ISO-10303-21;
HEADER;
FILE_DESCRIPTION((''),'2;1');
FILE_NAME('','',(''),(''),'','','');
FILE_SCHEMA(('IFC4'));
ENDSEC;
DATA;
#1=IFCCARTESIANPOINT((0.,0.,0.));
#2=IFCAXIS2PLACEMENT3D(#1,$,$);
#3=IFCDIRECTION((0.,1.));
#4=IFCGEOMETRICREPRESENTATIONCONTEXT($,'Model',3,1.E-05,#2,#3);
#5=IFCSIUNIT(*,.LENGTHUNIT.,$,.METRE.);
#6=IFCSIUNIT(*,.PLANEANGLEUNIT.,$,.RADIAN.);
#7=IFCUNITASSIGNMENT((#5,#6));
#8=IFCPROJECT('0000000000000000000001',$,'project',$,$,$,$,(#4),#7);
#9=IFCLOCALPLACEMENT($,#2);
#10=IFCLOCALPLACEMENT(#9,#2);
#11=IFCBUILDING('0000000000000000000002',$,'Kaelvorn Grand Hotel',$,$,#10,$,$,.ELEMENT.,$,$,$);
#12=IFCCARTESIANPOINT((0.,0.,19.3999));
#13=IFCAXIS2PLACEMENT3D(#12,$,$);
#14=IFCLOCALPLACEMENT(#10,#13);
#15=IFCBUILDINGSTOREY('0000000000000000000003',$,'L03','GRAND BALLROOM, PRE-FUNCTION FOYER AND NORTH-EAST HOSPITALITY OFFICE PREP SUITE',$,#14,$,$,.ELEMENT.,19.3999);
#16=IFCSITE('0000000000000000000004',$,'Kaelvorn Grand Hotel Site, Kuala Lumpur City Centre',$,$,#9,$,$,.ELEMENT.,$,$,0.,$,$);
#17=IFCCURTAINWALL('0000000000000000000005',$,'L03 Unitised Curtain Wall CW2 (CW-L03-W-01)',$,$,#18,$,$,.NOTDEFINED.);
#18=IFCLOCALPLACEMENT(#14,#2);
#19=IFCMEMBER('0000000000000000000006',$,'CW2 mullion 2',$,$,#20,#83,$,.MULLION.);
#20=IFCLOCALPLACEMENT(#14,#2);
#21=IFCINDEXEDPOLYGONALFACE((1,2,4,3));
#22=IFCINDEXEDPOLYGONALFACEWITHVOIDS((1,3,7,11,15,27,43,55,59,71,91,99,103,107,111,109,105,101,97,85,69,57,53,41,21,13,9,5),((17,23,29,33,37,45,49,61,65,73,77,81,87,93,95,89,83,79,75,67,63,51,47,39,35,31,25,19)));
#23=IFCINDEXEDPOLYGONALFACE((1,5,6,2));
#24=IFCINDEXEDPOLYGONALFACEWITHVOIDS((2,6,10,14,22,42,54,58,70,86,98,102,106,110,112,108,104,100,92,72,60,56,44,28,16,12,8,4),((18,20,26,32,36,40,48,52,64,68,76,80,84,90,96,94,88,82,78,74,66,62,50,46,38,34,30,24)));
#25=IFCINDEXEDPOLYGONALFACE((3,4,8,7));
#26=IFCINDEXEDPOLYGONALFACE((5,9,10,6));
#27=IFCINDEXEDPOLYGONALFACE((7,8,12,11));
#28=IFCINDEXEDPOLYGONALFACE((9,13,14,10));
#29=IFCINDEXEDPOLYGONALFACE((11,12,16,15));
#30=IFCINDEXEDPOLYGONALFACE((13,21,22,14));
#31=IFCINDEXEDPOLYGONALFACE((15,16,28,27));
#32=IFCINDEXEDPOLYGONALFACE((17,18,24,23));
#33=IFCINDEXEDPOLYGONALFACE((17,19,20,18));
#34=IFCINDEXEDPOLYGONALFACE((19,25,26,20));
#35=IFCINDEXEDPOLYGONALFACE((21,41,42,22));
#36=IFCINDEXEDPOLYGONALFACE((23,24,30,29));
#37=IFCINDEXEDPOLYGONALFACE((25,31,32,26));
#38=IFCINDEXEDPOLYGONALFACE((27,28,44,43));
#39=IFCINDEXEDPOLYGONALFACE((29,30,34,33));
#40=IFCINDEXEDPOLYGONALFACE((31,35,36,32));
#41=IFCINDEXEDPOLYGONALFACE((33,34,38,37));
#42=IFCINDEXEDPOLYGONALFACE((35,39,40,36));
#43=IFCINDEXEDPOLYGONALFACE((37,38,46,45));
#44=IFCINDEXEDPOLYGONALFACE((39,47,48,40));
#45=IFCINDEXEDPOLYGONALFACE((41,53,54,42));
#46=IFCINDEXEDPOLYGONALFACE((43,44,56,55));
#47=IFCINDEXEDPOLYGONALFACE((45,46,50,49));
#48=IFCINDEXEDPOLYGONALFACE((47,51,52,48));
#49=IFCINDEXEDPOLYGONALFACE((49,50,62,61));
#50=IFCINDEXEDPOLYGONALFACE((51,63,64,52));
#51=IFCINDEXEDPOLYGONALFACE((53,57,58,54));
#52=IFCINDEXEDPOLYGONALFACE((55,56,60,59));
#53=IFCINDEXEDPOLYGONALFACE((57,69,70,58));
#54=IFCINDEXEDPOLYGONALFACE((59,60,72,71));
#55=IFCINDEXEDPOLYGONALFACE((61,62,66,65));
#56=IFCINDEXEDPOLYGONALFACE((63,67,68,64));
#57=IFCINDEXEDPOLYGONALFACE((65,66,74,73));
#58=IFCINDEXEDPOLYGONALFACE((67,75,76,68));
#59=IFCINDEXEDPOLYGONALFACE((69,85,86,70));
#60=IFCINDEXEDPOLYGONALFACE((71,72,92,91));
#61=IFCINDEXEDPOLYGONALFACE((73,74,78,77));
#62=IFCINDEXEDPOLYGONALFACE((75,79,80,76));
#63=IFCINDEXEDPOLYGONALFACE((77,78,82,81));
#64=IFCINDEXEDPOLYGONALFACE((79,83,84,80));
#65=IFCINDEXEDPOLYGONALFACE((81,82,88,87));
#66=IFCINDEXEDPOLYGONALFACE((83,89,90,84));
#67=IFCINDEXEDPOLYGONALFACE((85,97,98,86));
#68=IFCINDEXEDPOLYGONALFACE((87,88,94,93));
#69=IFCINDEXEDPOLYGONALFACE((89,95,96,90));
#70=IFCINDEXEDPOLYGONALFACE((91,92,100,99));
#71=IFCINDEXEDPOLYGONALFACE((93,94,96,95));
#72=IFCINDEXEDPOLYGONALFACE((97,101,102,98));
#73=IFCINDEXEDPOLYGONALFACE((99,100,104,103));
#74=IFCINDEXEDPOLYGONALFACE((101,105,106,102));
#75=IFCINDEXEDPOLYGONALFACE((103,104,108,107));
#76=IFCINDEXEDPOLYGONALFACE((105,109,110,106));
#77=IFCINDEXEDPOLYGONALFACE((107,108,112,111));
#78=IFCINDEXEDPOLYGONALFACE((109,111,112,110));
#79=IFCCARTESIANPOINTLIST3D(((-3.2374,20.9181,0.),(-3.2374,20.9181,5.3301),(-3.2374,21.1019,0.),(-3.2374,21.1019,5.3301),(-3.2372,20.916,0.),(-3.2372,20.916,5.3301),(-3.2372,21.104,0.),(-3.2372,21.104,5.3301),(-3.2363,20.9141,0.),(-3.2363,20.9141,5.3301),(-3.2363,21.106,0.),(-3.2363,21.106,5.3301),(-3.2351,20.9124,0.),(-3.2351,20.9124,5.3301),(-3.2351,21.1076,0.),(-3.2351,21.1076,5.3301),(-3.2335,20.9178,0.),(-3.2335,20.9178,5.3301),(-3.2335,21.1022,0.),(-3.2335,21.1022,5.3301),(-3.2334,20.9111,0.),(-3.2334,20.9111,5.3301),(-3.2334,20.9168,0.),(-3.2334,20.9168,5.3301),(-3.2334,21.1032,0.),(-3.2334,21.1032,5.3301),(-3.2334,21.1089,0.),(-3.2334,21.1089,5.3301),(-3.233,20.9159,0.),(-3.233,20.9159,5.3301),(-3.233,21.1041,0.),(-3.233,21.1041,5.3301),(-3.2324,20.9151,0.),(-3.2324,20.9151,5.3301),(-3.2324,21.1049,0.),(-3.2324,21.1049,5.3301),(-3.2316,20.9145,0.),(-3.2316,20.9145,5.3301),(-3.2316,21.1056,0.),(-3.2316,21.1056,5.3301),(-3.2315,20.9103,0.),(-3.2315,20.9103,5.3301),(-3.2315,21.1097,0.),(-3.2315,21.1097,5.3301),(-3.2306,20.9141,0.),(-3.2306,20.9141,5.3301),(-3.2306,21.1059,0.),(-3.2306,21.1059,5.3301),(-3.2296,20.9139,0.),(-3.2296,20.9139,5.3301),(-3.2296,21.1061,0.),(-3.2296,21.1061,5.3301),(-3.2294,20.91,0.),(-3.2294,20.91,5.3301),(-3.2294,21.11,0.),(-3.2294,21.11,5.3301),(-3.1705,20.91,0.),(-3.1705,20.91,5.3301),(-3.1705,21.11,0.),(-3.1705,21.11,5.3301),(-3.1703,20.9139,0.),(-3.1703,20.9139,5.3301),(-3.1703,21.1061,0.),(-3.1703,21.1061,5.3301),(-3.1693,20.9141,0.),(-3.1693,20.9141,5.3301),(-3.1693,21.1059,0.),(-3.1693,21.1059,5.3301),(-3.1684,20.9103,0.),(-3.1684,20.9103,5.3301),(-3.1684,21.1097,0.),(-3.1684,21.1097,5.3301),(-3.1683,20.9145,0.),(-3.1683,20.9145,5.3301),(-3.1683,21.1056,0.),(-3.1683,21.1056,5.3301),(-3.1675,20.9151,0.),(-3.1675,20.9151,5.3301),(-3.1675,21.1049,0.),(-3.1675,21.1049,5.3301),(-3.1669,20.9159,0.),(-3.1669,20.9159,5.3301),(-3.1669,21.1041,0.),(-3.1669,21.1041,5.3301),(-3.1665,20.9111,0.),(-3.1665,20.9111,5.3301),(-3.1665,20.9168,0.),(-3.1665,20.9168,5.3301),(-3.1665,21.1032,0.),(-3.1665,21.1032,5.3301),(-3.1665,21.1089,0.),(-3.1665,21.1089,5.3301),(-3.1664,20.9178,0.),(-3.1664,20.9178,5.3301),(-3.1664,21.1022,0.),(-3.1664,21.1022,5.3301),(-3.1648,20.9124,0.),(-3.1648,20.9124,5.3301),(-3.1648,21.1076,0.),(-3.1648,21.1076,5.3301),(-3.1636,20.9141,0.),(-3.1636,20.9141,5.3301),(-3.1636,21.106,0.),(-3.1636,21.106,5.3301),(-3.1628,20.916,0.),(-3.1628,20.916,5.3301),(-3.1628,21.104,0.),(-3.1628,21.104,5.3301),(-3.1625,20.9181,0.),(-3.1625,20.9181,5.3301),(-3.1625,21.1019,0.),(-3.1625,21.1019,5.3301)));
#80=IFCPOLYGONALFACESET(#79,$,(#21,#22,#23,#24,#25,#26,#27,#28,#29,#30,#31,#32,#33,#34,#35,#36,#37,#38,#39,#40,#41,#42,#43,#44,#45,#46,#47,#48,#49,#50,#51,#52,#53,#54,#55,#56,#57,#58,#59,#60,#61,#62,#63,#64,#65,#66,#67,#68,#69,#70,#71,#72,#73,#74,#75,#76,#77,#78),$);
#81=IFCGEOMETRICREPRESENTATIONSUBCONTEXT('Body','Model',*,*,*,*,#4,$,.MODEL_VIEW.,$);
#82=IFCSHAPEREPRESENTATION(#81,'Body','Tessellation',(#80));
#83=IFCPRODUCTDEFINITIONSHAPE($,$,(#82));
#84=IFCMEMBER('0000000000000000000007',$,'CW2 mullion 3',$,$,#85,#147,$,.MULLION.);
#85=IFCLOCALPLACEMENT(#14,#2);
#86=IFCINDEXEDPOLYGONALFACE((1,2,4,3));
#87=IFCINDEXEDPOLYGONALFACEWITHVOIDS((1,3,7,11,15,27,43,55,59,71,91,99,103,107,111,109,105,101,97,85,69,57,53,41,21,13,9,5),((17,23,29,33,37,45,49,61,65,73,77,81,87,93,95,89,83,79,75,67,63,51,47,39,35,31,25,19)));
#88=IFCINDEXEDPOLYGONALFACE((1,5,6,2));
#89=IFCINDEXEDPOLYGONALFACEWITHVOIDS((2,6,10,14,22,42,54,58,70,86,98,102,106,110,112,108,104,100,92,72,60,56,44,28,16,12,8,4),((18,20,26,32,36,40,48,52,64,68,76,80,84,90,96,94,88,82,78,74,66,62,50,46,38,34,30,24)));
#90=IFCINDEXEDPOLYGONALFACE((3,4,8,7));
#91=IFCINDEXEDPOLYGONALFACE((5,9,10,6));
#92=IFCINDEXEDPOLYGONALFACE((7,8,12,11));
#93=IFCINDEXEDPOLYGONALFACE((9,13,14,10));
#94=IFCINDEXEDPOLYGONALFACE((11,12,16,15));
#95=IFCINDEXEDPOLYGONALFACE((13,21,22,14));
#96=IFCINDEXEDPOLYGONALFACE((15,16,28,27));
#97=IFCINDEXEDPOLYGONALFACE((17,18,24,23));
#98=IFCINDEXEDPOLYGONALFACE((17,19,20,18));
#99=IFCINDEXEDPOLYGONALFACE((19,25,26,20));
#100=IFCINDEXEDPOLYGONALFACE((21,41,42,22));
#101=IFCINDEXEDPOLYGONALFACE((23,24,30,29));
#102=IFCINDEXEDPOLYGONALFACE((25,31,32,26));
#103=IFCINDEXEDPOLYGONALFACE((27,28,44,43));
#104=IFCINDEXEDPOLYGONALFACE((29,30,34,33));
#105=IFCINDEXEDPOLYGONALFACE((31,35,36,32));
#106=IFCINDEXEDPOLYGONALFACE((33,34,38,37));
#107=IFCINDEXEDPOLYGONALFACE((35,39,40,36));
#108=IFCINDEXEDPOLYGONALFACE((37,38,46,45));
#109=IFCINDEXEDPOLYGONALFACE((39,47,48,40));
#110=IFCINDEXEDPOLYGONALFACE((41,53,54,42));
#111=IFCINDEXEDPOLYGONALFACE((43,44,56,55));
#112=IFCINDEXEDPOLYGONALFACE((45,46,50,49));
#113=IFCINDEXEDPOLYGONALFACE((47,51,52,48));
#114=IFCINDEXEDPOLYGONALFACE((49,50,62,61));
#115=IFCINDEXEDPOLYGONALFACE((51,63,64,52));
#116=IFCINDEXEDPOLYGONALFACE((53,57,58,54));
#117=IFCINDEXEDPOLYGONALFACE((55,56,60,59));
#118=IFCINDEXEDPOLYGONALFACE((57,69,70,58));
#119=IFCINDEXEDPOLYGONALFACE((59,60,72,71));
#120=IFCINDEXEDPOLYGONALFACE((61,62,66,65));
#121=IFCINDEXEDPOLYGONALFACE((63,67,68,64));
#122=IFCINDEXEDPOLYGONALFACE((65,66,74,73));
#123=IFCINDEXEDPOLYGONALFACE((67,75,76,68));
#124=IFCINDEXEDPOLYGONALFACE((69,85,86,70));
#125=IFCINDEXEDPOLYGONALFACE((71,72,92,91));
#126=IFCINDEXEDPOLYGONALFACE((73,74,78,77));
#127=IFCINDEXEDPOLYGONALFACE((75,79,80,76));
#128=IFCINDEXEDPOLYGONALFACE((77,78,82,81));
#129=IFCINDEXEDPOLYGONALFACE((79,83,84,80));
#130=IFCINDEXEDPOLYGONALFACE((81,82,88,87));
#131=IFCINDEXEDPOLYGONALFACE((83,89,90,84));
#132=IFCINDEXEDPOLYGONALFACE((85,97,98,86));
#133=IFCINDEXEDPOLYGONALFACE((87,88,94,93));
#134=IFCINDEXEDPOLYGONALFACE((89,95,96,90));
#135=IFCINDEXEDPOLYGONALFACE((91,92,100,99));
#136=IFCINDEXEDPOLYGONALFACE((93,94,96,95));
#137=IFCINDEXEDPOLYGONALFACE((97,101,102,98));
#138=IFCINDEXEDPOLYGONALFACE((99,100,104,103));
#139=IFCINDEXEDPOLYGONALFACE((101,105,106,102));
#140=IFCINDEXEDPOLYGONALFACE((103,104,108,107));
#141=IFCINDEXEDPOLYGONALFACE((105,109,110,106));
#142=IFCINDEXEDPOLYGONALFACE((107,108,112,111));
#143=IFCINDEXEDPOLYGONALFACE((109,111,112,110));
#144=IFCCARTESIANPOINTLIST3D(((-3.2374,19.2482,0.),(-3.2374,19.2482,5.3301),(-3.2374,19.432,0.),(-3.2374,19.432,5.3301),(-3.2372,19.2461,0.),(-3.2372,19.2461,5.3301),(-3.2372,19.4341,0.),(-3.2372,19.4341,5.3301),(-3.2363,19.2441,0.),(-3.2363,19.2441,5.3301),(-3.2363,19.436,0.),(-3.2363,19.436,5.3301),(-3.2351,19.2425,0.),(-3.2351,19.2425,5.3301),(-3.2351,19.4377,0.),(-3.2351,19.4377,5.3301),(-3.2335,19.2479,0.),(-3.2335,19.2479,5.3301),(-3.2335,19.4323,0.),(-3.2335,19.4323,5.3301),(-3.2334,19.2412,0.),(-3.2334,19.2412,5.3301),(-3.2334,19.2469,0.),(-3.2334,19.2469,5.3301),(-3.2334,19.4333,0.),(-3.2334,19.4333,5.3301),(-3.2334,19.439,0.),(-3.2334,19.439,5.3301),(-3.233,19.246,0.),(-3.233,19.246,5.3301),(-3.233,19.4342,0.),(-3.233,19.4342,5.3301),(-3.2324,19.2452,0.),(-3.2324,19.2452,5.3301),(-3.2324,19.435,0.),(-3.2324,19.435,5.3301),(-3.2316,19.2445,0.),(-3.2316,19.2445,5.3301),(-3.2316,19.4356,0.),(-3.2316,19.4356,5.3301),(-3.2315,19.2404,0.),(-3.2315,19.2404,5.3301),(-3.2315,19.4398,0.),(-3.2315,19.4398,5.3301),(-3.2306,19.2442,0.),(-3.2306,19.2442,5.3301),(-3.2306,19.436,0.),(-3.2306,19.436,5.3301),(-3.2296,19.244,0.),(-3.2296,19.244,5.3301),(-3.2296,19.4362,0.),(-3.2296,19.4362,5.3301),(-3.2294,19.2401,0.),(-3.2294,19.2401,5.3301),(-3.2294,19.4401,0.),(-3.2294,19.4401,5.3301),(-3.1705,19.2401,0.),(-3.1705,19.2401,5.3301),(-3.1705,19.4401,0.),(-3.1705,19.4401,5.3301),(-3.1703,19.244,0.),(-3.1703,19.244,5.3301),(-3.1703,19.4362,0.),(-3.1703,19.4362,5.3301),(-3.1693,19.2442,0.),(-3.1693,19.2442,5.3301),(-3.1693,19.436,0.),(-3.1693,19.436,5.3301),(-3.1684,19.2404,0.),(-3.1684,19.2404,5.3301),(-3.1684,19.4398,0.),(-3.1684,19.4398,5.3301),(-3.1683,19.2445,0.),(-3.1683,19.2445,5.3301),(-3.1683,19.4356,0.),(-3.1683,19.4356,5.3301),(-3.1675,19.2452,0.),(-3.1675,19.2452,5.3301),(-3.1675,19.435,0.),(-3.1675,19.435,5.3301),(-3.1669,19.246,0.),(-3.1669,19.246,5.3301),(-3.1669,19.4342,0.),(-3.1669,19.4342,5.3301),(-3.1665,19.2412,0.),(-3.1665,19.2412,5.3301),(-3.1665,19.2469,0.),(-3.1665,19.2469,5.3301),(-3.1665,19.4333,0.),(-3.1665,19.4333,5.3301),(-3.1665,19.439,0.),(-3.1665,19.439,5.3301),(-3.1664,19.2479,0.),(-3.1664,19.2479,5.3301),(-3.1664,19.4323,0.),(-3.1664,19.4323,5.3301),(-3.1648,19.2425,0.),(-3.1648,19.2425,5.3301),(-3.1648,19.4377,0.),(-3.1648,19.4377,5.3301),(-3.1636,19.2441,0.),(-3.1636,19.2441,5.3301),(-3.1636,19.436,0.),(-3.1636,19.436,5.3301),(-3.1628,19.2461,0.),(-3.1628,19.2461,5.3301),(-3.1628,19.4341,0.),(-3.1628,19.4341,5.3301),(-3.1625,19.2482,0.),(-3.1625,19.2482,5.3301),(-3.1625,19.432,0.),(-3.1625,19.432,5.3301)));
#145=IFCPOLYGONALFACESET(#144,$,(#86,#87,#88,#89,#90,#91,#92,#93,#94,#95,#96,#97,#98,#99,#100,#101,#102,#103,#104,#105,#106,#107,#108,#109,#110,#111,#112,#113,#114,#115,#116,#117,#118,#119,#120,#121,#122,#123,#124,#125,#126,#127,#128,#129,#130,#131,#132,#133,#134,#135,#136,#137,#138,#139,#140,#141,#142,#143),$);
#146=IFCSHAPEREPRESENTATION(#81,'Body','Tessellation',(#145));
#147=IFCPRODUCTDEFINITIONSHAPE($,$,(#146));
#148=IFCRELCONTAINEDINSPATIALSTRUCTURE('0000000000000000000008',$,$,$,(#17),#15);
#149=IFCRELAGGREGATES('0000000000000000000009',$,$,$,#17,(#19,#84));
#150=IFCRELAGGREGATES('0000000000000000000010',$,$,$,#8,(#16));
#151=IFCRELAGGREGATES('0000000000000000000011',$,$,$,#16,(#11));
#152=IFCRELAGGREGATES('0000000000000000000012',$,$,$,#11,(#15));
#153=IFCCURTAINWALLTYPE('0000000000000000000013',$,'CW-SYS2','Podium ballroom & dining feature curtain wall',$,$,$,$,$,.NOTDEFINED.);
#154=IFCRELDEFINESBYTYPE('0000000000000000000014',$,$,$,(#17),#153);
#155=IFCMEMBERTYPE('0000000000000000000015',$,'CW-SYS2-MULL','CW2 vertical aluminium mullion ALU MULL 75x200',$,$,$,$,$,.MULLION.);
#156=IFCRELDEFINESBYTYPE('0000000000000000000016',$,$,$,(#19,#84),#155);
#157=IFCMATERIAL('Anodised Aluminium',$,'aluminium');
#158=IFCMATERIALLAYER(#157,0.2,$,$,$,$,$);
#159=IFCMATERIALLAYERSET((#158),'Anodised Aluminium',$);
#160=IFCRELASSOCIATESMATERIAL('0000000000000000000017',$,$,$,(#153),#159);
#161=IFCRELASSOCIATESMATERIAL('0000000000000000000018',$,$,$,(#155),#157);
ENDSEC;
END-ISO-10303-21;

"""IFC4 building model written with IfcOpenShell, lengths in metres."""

from ifc_helpers import new_model, si_unit, direction, frame, origin, origin_2d, place, context, subcontext, project, spatial, hollow_rectangle, extrude, material, layer, layer_set, material_profile, profile_set, type_object, element, aggregate, save


model = new_model("IFC4")

# Units and contexts
model_context = context("Model", 3, precision=1e-05, world=origin(), true_north=direction((0.0, 1.0)))
body_context = subcontext(model_context, "Body", "Model", "MODEL_VIEW")
ifc_project = project(units=[si_unit("LENGTHUNIT", "METRE"), si_unit("PLANEANGLEUNIT", "RADIAN")], contexts=[model_context])

# Site, building, storey
site_placement = place(None, origin())
site = spatial("IfcSite", under=ifc_project, at=site_placement, Name="Kaelvorn Grand Hotel Site, Kuala Lumpur City Centre", CompositionType="ELEMENT", RefElevation=0.0)
building_placement = place(site_placement, origin())
building = spatial("IfcBuilding", under=site, at=building_placement, Name="Kaelvorn Grand Hotel", CompositionType="ELEMENT")
storey_placement = place(building_placement, frame((0.0, 0.0, 19.3999)))
storey = spatial("IfcBuildingStorey", under=building, at=storey_placement, Name="L03", Description="GRAND BALLROOM, PRE-FUNCTION FOYER AND NORTH-EAST HOSPITALITY OFFICE PREP SUITE", CompositionType="ELEMENT", Elevation=19.3999)

# Curtain wall, members
ifc_material_1 = material(Name="Anodised Aluminium", Category="aluminium")
ifc_layer_1 = layer(ifc_material_1, 0.2)
ifc_layer_set_1 = layer_set([ifc_layer_1], Name="Anodised Aluminium")
curtain_wall_type = type_object("IfcCurtainWallType", Name="CW-SYS2", Description="Podium ballroom & dining feature curtain wall", PredefinedType="NOTDEFINED", material=ifc_layer_set_1)
curtain_wall_placement = place(storey_placement, origin())
curtain_wall = element("IfcCurtainWall", 1, at=curtain_wall_placement, inside=storey, type_object=curtain_wall_type, Name="L03 Unitised Curtain Wall CW2 (CW-L03-W-01)", PredefinedType="NOTDEFINED")
ifc_material_profile_1 = material_profile(ifc_material_1, hollow_rectangle(XDim=0.075, YDim=0.2, WallThickness=0.0039, InnerFilletRadius=0.0039, OuterFilletRadius=0.0081, at=origin_2d()), Name="ALU MULL 75x200")
ifc_profile_set_1 = profile_set([ifc_material_profile_1], Name="Anodised Aluminium")
member_type_1 = type_object("IfcMemberType", Name="CW-SYS2-MULL", Description="CW2 vertical aluminium mullion ALU MULL 75x200", PredefinedType="MULLION", material=ifc_profile_set_1)
member_1_placement = place(storey_placement, frame((-3.2, 21.01, 0.0), z_axis=(0.0, 0.0, 1.0), x_axis=(1.0, 0.0, 0.0)))
member_1 = element("IfcMember", 2, at=member_1_placement, type_object=member_type_1, Name="CW2 mullion 2", PredefinedType="MULLION", context=body_context, shape_type="SweptSolid", body=[
    extrude(hollow_rectangle(XDim=0.075, YDim=0.2, WallThickness=0.0039, InnerFilletRadius=0.0039, OuterFilletRadius=0.0081, at=origin_2d()), origin(), (0.0, 0.0, 1.0), 5.3301),
])
member_2_placement = place(storey_placement, frame((-3.2, 19.3401, 0.0), z_axis=(0.0, 0.0, 1.0), x_axis=(1.0, 0.0, 0.0)))
member_2 = element("IfcMember", 3, at=member_2_placement, type_object=member_type_1, Name="CW2 mullion 3", PredefinedType="MULLION", context=body_context, shape_type="SweptSolid", body=[
    extrude(hollow_rectangle(XDim=0.075, YDim=0.2, WallThickness=0.0039, InnerFilletRadius=0.0039, OuterFilletRadius=0.0081, at=origin_2d()), origin(), (0.0, 0.0, 1.0), 5.3301),
])
aggregate(curtain_wall, [member_1, member_2])

save(model, "model.ifc")
